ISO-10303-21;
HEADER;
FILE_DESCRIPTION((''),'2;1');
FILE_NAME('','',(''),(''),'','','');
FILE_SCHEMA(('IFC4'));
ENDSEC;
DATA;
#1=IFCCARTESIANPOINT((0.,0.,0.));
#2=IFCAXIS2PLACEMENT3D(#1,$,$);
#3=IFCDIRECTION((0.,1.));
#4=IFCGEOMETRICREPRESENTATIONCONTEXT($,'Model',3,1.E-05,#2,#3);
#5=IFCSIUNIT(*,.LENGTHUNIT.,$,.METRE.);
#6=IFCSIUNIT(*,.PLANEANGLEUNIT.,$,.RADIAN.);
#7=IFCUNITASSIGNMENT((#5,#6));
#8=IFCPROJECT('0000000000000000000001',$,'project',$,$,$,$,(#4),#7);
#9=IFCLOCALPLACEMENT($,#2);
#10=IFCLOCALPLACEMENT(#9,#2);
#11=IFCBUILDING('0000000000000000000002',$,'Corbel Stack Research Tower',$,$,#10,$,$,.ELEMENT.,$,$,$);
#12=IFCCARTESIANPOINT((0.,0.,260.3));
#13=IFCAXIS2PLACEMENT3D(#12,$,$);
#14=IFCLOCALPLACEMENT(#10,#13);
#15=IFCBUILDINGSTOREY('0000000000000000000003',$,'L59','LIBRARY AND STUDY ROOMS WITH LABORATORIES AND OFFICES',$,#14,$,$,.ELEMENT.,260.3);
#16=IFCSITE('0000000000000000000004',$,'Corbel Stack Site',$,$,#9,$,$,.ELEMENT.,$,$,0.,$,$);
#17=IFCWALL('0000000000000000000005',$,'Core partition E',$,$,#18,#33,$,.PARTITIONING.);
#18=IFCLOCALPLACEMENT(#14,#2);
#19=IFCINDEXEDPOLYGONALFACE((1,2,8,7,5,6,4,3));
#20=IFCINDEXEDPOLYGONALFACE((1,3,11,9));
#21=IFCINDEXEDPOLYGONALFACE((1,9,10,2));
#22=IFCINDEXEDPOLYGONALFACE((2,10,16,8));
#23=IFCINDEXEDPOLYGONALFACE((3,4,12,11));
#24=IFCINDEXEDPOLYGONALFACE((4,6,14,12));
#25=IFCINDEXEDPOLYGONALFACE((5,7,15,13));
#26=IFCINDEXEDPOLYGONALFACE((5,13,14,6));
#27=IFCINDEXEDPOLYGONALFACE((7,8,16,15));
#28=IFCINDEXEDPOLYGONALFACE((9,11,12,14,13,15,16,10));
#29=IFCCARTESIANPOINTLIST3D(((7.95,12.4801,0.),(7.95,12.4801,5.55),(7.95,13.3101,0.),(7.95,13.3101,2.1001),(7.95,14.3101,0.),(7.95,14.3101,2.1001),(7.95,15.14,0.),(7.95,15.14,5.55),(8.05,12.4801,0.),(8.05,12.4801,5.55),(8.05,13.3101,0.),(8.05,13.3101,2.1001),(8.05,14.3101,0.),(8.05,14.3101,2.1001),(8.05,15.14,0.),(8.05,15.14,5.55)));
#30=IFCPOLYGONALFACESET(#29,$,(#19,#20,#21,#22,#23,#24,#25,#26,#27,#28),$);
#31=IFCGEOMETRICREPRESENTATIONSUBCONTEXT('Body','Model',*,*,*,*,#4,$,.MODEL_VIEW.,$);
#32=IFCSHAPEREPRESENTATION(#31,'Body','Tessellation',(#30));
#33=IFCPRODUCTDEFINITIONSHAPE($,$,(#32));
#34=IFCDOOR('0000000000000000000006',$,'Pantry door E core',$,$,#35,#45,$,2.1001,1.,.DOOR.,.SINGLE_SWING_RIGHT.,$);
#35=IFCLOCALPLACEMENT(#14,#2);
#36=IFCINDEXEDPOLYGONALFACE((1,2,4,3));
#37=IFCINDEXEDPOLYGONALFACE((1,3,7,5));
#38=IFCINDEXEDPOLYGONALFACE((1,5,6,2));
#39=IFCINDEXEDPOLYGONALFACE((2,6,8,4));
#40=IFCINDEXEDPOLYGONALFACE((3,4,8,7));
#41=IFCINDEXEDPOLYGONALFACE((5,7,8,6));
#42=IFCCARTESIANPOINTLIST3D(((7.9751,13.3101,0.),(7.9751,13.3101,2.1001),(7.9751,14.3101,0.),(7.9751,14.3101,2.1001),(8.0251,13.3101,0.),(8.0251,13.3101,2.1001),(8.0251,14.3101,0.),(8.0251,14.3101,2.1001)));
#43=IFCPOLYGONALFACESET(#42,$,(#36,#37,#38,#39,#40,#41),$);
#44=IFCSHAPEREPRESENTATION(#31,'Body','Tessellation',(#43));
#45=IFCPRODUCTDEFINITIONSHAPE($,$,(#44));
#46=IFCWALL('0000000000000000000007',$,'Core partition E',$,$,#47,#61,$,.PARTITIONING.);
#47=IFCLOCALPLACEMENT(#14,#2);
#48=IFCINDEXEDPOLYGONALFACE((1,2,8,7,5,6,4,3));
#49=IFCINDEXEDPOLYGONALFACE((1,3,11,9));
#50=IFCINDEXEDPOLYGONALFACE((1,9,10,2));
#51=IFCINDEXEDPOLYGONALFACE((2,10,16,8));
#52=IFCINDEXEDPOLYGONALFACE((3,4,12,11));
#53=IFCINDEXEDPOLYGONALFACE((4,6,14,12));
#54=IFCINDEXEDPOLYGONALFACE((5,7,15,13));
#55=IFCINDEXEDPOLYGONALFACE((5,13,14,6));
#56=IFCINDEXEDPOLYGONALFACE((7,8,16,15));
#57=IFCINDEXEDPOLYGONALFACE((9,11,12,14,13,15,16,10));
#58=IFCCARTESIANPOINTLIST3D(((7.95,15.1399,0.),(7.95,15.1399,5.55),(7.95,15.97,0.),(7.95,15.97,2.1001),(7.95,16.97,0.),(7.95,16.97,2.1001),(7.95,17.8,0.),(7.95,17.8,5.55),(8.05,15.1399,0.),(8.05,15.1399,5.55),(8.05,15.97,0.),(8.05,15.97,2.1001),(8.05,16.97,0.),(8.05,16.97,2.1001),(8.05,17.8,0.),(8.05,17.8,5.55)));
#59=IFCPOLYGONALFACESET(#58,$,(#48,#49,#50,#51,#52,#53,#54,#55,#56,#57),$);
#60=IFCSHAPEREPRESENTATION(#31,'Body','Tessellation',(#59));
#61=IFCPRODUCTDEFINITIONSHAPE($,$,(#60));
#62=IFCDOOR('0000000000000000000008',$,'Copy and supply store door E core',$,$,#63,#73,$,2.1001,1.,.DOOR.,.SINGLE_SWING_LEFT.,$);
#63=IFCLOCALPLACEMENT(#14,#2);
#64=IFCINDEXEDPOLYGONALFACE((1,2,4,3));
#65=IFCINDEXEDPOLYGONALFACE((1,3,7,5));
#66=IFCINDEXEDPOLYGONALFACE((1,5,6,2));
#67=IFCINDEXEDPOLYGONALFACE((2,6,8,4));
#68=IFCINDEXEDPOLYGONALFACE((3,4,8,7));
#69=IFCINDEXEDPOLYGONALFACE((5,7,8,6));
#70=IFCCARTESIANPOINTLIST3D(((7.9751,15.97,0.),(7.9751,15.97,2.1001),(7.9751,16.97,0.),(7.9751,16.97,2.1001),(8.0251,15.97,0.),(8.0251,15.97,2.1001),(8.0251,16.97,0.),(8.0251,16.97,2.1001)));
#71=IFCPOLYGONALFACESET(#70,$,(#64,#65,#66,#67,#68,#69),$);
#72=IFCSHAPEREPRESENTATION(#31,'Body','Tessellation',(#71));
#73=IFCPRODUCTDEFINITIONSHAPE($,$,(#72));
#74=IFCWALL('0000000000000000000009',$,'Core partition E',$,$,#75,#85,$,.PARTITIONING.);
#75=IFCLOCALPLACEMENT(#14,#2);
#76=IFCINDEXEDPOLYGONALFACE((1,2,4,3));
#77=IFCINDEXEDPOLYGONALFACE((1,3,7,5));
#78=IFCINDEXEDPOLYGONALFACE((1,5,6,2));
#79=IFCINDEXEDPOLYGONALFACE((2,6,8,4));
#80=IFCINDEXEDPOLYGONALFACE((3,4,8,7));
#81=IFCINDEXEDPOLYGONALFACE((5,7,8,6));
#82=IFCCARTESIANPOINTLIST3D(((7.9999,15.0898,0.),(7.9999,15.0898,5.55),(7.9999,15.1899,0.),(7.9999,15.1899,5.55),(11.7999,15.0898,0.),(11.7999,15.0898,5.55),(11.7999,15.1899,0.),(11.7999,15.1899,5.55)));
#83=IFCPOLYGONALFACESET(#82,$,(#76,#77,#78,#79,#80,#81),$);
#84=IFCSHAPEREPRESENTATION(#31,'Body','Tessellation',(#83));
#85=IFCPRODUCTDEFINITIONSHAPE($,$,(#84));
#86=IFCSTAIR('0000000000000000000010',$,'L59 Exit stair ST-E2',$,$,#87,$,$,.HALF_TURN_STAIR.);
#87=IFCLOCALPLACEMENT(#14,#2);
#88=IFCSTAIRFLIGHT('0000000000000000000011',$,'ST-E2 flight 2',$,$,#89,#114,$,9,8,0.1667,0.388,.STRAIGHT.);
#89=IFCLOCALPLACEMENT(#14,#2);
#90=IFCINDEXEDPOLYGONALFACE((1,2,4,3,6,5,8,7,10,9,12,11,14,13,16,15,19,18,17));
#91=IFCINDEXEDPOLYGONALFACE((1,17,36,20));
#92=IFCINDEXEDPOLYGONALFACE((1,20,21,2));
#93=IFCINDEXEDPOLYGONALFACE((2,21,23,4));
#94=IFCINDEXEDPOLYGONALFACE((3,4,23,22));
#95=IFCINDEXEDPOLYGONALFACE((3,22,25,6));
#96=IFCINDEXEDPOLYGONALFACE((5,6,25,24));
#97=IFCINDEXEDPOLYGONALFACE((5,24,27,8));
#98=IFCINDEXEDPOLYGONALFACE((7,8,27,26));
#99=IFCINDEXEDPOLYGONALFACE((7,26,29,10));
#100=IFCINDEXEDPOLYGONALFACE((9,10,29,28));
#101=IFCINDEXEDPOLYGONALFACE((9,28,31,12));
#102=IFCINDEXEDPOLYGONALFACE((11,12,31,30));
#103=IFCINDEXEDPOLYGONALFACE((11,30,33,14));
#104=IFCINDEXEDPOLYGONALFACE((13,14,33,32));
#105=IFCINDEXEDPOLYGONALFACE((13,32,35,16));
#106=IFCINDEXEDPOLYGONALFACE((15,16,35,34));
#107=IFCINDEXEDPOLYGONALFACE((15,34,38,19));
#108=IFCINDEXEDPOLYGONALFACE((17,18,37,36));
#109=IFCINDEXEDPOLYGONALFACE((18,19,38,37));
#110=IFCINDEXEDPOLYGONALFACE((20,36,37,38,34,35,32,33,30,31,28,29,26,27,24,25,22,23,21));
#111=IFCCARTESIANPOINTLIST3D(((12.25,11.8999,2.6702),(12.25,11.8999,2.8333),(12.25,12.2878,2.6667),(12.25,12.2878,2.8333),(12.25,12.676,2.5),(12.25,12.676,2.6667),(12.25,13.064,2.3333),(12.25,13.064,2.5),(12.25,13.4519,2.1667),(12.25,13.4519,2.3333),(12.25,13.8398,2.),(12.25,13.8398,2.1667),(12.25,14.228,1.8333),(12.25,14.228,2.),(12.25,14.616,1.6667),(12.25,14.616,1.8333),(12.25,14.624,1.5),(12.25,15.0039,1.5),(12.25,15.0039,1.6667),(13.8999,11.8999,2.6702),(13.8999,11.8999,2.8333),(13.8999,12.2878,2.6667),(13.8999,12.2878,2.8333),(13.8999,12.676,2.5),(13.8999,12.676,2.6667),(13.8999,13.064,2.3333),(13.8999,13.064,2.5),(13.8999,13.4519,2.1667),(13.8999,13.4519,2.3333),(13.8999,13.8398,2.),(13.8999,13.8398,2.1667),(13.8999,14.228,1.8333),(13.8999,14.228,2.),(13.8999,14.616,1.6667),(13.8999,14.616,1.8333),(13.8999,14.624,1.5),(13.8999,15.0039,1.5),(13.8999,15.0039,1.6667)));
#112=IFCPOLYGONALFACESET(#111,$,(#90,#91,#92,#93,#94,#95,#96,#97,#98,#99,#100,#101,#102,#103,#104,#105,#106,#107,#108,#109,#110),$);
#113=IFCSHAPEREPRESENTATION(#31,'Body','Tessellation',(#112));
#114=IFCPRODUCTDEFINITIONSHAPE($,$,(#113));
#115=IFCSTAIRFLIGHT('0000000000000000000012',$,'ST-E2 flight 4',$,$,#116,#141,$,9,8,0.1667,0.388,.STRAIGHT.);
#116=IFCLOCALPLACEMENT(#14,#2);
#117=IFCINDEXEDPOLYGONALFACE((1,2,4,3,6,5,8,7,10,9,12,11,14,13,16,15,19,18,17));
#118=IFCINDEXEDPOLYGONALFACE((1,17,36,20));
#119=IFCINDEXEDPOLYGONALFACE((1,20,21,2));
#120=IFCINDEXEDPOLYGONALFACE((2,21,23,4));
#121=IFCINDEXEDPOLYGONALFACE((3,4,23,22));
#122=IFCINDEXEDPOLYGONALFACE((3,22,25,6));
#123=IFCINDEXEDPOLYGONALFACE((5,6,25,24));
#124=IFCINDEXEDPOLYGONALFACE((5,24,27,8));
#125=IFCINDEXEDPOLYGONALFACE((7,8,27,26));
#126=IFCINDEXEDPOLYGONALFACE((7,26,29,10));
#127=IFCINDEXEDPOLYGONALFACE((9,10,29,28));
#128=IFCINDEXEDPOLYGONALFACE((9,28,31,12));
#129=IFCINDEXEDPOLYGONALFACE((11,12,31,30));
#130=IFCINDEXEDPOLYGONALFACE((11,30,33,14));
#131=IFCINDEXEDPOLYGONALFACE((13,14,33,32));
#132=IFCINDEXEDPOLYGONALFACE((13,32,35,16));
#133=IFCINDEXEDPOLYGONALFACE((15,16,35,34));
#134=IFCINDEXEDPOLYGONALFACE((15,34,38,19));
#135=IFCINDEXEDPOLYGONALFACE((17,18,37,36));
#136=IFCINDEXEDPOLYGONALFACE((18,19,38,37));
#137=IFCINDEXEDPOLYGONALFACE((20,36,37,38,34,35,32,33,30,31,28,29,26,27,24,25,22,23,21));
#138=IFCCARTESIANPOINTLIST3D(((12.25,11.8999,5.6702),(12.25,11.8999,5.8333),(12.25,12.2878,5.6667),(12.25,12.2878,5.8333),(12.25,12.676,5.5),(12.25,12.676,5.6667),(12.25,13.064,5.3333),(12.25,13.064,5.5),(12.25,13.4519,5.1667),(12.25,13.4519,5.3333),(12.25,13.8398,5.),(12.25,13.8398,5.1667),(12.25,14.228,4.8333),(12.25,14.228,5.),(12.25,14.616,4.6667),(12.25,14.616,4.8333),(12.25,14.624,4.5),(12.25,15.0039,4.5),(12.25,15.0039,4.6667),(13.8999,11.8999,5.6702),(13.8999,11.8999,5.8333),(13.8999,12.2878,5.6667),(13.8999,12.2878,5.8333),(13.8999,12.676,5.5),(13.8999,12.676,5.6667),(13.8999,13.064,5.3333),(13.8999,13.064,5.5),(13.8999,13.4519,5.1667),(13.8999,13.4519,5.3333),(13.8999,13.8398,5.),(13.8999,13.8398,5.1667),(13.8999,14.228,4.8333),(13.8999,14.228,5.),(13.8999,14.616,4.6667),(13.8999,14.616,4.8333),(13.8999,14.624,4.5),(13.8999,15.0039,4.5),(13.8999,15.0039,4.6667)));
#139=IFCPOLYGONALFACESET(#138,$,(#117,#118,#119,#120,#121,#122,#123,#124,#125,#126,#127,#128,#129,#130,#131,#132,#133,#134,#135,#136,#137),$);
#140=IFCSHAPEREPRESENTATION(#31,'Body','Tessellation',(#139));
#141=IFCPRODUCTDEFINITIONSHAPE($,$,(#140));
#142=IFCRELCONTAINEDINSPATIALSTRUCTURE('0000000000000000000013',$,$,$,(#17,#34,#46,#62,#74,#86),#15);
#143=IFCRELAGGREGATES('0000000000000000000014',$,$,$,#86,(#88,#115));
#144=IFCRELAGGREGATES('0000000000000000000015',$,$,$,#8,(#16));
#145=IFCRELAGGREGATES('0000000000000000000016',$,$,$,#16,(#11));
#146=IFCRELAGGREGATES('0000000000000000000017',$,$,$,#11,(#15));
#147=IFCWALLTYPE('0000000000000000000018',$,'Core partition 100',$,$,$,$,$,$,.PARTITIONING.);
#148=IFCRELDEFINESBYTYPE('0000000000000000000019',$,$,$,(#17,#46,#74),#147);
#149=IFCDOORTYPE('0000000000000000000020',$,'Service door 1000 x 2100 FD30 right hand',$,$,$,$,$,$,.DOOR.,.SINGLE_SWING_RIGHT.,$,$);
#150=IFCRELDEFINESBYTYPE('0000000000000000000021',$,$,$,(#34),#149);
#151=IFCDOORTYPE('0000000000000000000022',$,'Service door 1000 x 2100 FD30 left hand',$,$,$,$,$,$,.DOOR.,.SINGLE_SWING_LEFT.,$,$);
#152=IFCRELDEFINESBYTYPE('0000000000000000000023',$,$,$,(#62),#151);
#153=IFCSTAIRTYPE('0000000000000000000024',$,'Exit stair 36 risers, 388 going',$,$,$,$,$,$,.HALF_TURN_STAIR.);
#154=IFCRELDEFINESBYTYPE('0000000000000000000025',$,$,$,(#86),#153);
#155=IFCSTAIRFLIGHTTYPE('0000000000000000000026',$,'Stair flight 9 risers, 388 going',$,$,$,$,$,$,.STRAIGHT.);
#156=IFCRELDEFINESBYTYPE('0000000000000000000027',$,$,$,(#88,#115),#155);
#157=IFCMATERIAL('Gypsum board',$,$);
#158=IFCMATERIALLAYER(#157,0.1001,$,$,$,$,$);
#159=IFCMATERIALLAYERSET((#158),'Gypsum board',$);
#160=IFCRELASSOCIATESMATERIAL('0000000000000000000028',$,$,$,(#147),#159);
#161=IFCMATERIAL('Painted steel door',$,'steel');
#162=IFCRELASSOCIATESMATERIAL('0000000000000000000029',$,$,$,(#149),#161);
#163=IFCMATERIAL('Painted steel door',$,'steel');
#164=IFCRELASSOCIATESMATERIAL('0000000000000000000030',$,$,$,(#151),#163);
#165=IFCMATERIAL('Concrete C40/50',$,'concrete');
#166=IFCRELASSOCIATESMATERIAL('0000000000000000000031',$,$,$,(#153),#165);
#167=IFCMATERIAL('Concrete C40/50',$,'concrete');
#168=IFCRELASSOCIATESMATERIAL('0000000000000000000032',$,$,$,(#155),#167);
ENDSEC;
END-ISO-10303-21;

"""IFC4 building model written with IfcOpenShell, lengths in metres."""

from ifc_helpers import new_model, si_unit, direction, frame, frame_2d, origin, place, context, subcontext, project, spatial, polyline, rectangle, outline, extrude, material, layer, layer_set, type_object, element, fill, aggregate, save


model = new_model("IFC4")

# Units and contexts
model_context = context("Model", 3, precision=1e-05, world=origin(), true_north=direction((0.0, 1.0)))
body_context = subcontext(model_context, "Body", "Model", "MODEL_VIEW")
ifc_project = project(units=[si_unit("LENGTHUNIT", "METRE"), si_unit("PLANEANGLEUNIT", "RADIAN")], contexts=[model_context])

# Site, building, storey
site_placement = place(None, origin())
site = spatial("IfcSite", under=ifc_project, at=site_placement, Name="Corbel Stack Site", CompositionType="ELEMENT", RefElevation=0.0)
building_placement = place(site_placement, origin())
building = spatial("IfcBuilding", under=site, at=building_placement, Name="Corbel Stack Research Tower", CompositionType="ELEMENT")
storey_placement = place(building_placement, frame((0.0, 0.0, 260.3)))
storey = spatial("IfcBuildingStorey", under=building, at=storey_placement, Name="L59", Description="LIBRARY AND STUDY ROOMS WITH LABORATORIES AND OFFICES", CompositionType="ELEMENT", Elevation=260.3)

# Walls, openings, doors
ifc_material_1 = material(Name="Gypsum board")
ifc_layer = layer(ifc_material_1, 0.1001)
ifc_layer_set = layer_set([ifc_layer], Name="Gypsum board")
wall_type = type_object("IfcWallType", Name="Core partition 100", PredefinedType="PARTITIONING", material=ifc_layer_set)
wall_1_placement = place(storey_placement, frame((8.0, 12.48, 0.0), z_axis=(0.0, 0.0, 1.0), x_axis=(0.0, 1.0, 0.0)))
wall_1 = element("IfcWall", 1, at=wall_1_placement, inside=storey, type_object=wall_type, Name="Core partition E", PredefinedType="PARTITIONING", context=body_context, shape_type="SweptSolid", body=[
    extrude(rectangle(XDim=2.6599, YDim=0.1001, at=frame_2d((1.3301, 0.0))), origin(), (0.0, 0.0, 1.0), 5.55),
])
opening_1_placement = place(wall_1_placement, frame((0.8301, 0.0, 0.0)))
opening_1 = element("IfcOpeningElement", 2, at=opening_1_placement, cuts=wall_1, PredefinedType="OPENING", context=body_context, shape_type="SweptSolid", body=[
    extrude(rectangle(XDim=1.0, YDim=2.1001, at=frame_2d((0.5, 1.05))), frame((0.0, 0.0601, 0.0), z_axis=(0.0, -1.0, 0.0), x_axis=(1.0, 0.0, 0.0)), (0.0, 0.0, 1.0), 0.1201),
])
ifc_material_2 = material(Name="Painted steel door", Category="steel")
door_type_1 = type_object("IfcDoorType", Name="Service door 1000 x 2100 FD30 right hand", OperationType="SINGLE_SWING_RIGHT", PredefinedType="DOOR", material=ifc_material_2)
door_1_placement = place(opening_1_placement, origin())
door_1 = element("IfcDoor", 3, at=door_1_placement, inside=storey, type_object=door_type_1, Name="Pantry door E core", OperationType="SINGLE_SWING_RIGHT", OverallHeight=2.1001, OverallWidth=1.0, PredefinedType="DOOR", context=body_context, shape_type="SweptSolid", body=[
    extrude(rectangle(XDim=1.0, YDim=2.1001, at=frame_2d((0.5, 1.05))), frame((0.0, 0.0249, 0.0), z_axis=(0.0, -1.0, 0.0), x_axis=(1.0, 0.0, 0.0)), (0.0, 0.0, 1.0), 0.05),
])
fill(opening_1, door_1)
wall_2_placement = place(storey_placement, frame((8.0, 15.1399, 0.0), z_axis=(0.0, 0.0, 1.0), x_axis=(0.0, 1.0, 0.0)))
wall_2 = element("IfcWall", 4, at=wall_2_placement, inside=storey, type_object=wall_type, Name="Core partition E", PredefinedType="PARTITIONING", context=body_context, shape_type="SweptSolid", body=[
    extrude(rectangle(XDim=2.6602, YDim=0.1001, at=frame_2d((1.3301, 0.0))), origin(), (0.0, 0.0, 1.0), 5.55),
])
opening_2_placement = place(wall_2_placement, frame((0.8301, 0.0, 0.0)))
opening_2 = element("IfcOpeningElement", 5, at=opening_2_placement, cuts=wall_2, PredefinedType="OPENING", context=body_context, shape_type="SweptSolid", body=[
    extrude(rectangle(XDim=1.0, YDim=2.1001, at=frame_2d((0.5, 1.05))), frame((0.0, 0.0601, 0.0), z_axis=(0.0, -1.0, 0.0), x_axis=(1.0, 0.0, 0.0)), (0.0, 0.0, 1.0), 0.1201),
])
ifc_material_3 = material(Name="Painted steel door", Category="steel")
door_type_2 = type_object("IfcDoorType", Name="Service door 1000 x 2100 FD30 left hand", OperationType="SINGLE_SWING_LEFT", PredefinedType="DOOR", material=ifc_material_3)
door_2_placement = place(opening_2_placement, origin())
door_2 = element("IfcDoor", 6, at=door_2_placement, inside=storey, type_object=door_type_2, Name="Copy and supply store door E core", OperationType="SINGLE_SWING_LEFT", OverallHeight=2.1001, OverallWidth=1.0, PredefinedType="DOOR", context=body_context, shape_type="SweptSolid", body=[
    extrude(rectangle(XDim=1.0, YDim=2.1001, at=frame_2d((0.5, 1.05))), frame((0.0, 0.0249, 0.0), z_axis=(0.0, -1.0, 0.0), x_axis=(1.0, 0.0, 0.0)), (0.0, 0.0, 1.0), 0.05),
])
fill(opening_2, door_2)

# Wall
wall_3_placement = place(storey_placement, frame((8.0, 15.1399, 0.0), z_axis=(0.0, 0.0, 1.0), x_axis=(1.0, 0.0, 0.0)))
element("IfcWall", 7, at=wall_3_placement, inside=storey, type_object=wall_type, Name="Core partition E", PredefinedType="PARTITIONING", context=body_context, shape_type="SweptSolid", body=[
    extrude(rectangle(XDim=3.8, YDim=0.1001, at=frame_2d((1.8999, 0.0))), origin(), (0.0, 0.0, 1.0), 5.55),
])

# Stair, stair flights
ifc_material_4 = material(Name="Concrete C40/50", Category="concrete")
stair_type = type_object("IfcStairType", Name="Exit stair 36 risers, 388 going", PredefinedType="HALF_TURN_STAIR", material=ifc_material_4)
stair_placement = place(storey_placement, origin())
stair = element("IfcStair", 8, at=stair_placement, inside=storey, type_object=stair_type, Name="L59 Exit stair ST-E2", PredefinedType="HALF_TURN_STAIR")
ifc_material_5 = material(Name="Concrete C40/50", Category="concrete")
stair_flight_type = type_object("IfcStairFlightType", Name="Stair flight 9 risers, 388 going", PredefinedType="STRAIGHT", material=ifc_material_5)
stair_flight_1_placement = place(storey_placement, frame((13.075, 15.0039, 1.5), z_axis=(0.0, 0.0, 1.0), x_axis=(0.0, -1.0, 0.0)))
stair_flight_1 = element("IfcStairFlight", 9, at=stair_flight_1_placement, type_object=stair_flight_type, Name="ST-E2 flight 2", NumberOfRisers=9, NumberOfTreads=8, PredefinedType="STRAIGHT", RiserHeight=0.1667, TreadLength=0.388, context=body_context, shape_type="SweptSolid", body=[
    extrude(outline(polyline([(0.0, 0.0), (0.0, 0.1667), (0.3879, 0.1667), (0.3879, 0.3333), (0.7759, 0.3333), (0.7759, 0.5), (1.1641, 0.5), (1.1641, 0.6667), (1.552, 0.6667), (1.552, 0.8333), (1.9399, 0.8333), (1.9399, 1.0), (2.3279, 1.0), (2.3279, 1.1667), (2.7161, 1.1667), (2.7161, 1.3333), (3.104, 1.3333), (3.104, 1.5), (3.104, 1.1702), (0.3799, 0.0), (0.0, 0.0)])), frame((0.0, 0.825, 0.0), z_axis=(0.0, -1.0, 0.0), x_axis=(1.0, 0.0, 0.0)), (0.0, 0.0, 1.0), 1.6499),
])
stair_flight_2_placement = place(storey_placement, frame((13.075, 15.0039, 4.5), z_axis=(0.0, 0.0, 1.0), x_axis=(0.0, -1.0, 0.0)))
stair_flight_2 = element("IfcStairFlight", 10, at=stair_flight_2_placement, type_object=stair_flight_type, Name="ST-E2 flight 4", NumberOfRisers=9, NumberOfTreads=8, PredefinedType="STRAIGHT", RiserHeight=0.1667, TreadLength=0.388, context=body_context, shape_type="SweptSolid", body=[
    extrude(outline(polyline([(0.0, 0.0), (0.0, 0.1667), (0.3879, 0.1667), (0.3879, 0.3333), (0.7759, 0.3333), (0.7759, 0.5), (1.1641, 0.5), (1.1641, 0.6667), (1.552, 0.6667), (1.552, 0.8333), (1.9399, 0.8333), (1.9399, 1.0), (2.3279, 1.0), (2.3279, 1.1667), (2.7161, 1.1667), (2.7161, 1.3333), (3.104, 1.3333), (3.104, 1.5), (3.104, 1.1702), (0.3799, 0.0), (0.0, 0.0)])), frame((0.0, 0.825, 0.0), z_axis=(0.0, -1.0, 0.0), x_axis=(1.0, 0.0, 0.0)), (0.0, 0.0, 1.0), 1.6499),
])
aggregate(stair, [stair_flight_1, stair_flight_2])

save(model, "model.ifc")
